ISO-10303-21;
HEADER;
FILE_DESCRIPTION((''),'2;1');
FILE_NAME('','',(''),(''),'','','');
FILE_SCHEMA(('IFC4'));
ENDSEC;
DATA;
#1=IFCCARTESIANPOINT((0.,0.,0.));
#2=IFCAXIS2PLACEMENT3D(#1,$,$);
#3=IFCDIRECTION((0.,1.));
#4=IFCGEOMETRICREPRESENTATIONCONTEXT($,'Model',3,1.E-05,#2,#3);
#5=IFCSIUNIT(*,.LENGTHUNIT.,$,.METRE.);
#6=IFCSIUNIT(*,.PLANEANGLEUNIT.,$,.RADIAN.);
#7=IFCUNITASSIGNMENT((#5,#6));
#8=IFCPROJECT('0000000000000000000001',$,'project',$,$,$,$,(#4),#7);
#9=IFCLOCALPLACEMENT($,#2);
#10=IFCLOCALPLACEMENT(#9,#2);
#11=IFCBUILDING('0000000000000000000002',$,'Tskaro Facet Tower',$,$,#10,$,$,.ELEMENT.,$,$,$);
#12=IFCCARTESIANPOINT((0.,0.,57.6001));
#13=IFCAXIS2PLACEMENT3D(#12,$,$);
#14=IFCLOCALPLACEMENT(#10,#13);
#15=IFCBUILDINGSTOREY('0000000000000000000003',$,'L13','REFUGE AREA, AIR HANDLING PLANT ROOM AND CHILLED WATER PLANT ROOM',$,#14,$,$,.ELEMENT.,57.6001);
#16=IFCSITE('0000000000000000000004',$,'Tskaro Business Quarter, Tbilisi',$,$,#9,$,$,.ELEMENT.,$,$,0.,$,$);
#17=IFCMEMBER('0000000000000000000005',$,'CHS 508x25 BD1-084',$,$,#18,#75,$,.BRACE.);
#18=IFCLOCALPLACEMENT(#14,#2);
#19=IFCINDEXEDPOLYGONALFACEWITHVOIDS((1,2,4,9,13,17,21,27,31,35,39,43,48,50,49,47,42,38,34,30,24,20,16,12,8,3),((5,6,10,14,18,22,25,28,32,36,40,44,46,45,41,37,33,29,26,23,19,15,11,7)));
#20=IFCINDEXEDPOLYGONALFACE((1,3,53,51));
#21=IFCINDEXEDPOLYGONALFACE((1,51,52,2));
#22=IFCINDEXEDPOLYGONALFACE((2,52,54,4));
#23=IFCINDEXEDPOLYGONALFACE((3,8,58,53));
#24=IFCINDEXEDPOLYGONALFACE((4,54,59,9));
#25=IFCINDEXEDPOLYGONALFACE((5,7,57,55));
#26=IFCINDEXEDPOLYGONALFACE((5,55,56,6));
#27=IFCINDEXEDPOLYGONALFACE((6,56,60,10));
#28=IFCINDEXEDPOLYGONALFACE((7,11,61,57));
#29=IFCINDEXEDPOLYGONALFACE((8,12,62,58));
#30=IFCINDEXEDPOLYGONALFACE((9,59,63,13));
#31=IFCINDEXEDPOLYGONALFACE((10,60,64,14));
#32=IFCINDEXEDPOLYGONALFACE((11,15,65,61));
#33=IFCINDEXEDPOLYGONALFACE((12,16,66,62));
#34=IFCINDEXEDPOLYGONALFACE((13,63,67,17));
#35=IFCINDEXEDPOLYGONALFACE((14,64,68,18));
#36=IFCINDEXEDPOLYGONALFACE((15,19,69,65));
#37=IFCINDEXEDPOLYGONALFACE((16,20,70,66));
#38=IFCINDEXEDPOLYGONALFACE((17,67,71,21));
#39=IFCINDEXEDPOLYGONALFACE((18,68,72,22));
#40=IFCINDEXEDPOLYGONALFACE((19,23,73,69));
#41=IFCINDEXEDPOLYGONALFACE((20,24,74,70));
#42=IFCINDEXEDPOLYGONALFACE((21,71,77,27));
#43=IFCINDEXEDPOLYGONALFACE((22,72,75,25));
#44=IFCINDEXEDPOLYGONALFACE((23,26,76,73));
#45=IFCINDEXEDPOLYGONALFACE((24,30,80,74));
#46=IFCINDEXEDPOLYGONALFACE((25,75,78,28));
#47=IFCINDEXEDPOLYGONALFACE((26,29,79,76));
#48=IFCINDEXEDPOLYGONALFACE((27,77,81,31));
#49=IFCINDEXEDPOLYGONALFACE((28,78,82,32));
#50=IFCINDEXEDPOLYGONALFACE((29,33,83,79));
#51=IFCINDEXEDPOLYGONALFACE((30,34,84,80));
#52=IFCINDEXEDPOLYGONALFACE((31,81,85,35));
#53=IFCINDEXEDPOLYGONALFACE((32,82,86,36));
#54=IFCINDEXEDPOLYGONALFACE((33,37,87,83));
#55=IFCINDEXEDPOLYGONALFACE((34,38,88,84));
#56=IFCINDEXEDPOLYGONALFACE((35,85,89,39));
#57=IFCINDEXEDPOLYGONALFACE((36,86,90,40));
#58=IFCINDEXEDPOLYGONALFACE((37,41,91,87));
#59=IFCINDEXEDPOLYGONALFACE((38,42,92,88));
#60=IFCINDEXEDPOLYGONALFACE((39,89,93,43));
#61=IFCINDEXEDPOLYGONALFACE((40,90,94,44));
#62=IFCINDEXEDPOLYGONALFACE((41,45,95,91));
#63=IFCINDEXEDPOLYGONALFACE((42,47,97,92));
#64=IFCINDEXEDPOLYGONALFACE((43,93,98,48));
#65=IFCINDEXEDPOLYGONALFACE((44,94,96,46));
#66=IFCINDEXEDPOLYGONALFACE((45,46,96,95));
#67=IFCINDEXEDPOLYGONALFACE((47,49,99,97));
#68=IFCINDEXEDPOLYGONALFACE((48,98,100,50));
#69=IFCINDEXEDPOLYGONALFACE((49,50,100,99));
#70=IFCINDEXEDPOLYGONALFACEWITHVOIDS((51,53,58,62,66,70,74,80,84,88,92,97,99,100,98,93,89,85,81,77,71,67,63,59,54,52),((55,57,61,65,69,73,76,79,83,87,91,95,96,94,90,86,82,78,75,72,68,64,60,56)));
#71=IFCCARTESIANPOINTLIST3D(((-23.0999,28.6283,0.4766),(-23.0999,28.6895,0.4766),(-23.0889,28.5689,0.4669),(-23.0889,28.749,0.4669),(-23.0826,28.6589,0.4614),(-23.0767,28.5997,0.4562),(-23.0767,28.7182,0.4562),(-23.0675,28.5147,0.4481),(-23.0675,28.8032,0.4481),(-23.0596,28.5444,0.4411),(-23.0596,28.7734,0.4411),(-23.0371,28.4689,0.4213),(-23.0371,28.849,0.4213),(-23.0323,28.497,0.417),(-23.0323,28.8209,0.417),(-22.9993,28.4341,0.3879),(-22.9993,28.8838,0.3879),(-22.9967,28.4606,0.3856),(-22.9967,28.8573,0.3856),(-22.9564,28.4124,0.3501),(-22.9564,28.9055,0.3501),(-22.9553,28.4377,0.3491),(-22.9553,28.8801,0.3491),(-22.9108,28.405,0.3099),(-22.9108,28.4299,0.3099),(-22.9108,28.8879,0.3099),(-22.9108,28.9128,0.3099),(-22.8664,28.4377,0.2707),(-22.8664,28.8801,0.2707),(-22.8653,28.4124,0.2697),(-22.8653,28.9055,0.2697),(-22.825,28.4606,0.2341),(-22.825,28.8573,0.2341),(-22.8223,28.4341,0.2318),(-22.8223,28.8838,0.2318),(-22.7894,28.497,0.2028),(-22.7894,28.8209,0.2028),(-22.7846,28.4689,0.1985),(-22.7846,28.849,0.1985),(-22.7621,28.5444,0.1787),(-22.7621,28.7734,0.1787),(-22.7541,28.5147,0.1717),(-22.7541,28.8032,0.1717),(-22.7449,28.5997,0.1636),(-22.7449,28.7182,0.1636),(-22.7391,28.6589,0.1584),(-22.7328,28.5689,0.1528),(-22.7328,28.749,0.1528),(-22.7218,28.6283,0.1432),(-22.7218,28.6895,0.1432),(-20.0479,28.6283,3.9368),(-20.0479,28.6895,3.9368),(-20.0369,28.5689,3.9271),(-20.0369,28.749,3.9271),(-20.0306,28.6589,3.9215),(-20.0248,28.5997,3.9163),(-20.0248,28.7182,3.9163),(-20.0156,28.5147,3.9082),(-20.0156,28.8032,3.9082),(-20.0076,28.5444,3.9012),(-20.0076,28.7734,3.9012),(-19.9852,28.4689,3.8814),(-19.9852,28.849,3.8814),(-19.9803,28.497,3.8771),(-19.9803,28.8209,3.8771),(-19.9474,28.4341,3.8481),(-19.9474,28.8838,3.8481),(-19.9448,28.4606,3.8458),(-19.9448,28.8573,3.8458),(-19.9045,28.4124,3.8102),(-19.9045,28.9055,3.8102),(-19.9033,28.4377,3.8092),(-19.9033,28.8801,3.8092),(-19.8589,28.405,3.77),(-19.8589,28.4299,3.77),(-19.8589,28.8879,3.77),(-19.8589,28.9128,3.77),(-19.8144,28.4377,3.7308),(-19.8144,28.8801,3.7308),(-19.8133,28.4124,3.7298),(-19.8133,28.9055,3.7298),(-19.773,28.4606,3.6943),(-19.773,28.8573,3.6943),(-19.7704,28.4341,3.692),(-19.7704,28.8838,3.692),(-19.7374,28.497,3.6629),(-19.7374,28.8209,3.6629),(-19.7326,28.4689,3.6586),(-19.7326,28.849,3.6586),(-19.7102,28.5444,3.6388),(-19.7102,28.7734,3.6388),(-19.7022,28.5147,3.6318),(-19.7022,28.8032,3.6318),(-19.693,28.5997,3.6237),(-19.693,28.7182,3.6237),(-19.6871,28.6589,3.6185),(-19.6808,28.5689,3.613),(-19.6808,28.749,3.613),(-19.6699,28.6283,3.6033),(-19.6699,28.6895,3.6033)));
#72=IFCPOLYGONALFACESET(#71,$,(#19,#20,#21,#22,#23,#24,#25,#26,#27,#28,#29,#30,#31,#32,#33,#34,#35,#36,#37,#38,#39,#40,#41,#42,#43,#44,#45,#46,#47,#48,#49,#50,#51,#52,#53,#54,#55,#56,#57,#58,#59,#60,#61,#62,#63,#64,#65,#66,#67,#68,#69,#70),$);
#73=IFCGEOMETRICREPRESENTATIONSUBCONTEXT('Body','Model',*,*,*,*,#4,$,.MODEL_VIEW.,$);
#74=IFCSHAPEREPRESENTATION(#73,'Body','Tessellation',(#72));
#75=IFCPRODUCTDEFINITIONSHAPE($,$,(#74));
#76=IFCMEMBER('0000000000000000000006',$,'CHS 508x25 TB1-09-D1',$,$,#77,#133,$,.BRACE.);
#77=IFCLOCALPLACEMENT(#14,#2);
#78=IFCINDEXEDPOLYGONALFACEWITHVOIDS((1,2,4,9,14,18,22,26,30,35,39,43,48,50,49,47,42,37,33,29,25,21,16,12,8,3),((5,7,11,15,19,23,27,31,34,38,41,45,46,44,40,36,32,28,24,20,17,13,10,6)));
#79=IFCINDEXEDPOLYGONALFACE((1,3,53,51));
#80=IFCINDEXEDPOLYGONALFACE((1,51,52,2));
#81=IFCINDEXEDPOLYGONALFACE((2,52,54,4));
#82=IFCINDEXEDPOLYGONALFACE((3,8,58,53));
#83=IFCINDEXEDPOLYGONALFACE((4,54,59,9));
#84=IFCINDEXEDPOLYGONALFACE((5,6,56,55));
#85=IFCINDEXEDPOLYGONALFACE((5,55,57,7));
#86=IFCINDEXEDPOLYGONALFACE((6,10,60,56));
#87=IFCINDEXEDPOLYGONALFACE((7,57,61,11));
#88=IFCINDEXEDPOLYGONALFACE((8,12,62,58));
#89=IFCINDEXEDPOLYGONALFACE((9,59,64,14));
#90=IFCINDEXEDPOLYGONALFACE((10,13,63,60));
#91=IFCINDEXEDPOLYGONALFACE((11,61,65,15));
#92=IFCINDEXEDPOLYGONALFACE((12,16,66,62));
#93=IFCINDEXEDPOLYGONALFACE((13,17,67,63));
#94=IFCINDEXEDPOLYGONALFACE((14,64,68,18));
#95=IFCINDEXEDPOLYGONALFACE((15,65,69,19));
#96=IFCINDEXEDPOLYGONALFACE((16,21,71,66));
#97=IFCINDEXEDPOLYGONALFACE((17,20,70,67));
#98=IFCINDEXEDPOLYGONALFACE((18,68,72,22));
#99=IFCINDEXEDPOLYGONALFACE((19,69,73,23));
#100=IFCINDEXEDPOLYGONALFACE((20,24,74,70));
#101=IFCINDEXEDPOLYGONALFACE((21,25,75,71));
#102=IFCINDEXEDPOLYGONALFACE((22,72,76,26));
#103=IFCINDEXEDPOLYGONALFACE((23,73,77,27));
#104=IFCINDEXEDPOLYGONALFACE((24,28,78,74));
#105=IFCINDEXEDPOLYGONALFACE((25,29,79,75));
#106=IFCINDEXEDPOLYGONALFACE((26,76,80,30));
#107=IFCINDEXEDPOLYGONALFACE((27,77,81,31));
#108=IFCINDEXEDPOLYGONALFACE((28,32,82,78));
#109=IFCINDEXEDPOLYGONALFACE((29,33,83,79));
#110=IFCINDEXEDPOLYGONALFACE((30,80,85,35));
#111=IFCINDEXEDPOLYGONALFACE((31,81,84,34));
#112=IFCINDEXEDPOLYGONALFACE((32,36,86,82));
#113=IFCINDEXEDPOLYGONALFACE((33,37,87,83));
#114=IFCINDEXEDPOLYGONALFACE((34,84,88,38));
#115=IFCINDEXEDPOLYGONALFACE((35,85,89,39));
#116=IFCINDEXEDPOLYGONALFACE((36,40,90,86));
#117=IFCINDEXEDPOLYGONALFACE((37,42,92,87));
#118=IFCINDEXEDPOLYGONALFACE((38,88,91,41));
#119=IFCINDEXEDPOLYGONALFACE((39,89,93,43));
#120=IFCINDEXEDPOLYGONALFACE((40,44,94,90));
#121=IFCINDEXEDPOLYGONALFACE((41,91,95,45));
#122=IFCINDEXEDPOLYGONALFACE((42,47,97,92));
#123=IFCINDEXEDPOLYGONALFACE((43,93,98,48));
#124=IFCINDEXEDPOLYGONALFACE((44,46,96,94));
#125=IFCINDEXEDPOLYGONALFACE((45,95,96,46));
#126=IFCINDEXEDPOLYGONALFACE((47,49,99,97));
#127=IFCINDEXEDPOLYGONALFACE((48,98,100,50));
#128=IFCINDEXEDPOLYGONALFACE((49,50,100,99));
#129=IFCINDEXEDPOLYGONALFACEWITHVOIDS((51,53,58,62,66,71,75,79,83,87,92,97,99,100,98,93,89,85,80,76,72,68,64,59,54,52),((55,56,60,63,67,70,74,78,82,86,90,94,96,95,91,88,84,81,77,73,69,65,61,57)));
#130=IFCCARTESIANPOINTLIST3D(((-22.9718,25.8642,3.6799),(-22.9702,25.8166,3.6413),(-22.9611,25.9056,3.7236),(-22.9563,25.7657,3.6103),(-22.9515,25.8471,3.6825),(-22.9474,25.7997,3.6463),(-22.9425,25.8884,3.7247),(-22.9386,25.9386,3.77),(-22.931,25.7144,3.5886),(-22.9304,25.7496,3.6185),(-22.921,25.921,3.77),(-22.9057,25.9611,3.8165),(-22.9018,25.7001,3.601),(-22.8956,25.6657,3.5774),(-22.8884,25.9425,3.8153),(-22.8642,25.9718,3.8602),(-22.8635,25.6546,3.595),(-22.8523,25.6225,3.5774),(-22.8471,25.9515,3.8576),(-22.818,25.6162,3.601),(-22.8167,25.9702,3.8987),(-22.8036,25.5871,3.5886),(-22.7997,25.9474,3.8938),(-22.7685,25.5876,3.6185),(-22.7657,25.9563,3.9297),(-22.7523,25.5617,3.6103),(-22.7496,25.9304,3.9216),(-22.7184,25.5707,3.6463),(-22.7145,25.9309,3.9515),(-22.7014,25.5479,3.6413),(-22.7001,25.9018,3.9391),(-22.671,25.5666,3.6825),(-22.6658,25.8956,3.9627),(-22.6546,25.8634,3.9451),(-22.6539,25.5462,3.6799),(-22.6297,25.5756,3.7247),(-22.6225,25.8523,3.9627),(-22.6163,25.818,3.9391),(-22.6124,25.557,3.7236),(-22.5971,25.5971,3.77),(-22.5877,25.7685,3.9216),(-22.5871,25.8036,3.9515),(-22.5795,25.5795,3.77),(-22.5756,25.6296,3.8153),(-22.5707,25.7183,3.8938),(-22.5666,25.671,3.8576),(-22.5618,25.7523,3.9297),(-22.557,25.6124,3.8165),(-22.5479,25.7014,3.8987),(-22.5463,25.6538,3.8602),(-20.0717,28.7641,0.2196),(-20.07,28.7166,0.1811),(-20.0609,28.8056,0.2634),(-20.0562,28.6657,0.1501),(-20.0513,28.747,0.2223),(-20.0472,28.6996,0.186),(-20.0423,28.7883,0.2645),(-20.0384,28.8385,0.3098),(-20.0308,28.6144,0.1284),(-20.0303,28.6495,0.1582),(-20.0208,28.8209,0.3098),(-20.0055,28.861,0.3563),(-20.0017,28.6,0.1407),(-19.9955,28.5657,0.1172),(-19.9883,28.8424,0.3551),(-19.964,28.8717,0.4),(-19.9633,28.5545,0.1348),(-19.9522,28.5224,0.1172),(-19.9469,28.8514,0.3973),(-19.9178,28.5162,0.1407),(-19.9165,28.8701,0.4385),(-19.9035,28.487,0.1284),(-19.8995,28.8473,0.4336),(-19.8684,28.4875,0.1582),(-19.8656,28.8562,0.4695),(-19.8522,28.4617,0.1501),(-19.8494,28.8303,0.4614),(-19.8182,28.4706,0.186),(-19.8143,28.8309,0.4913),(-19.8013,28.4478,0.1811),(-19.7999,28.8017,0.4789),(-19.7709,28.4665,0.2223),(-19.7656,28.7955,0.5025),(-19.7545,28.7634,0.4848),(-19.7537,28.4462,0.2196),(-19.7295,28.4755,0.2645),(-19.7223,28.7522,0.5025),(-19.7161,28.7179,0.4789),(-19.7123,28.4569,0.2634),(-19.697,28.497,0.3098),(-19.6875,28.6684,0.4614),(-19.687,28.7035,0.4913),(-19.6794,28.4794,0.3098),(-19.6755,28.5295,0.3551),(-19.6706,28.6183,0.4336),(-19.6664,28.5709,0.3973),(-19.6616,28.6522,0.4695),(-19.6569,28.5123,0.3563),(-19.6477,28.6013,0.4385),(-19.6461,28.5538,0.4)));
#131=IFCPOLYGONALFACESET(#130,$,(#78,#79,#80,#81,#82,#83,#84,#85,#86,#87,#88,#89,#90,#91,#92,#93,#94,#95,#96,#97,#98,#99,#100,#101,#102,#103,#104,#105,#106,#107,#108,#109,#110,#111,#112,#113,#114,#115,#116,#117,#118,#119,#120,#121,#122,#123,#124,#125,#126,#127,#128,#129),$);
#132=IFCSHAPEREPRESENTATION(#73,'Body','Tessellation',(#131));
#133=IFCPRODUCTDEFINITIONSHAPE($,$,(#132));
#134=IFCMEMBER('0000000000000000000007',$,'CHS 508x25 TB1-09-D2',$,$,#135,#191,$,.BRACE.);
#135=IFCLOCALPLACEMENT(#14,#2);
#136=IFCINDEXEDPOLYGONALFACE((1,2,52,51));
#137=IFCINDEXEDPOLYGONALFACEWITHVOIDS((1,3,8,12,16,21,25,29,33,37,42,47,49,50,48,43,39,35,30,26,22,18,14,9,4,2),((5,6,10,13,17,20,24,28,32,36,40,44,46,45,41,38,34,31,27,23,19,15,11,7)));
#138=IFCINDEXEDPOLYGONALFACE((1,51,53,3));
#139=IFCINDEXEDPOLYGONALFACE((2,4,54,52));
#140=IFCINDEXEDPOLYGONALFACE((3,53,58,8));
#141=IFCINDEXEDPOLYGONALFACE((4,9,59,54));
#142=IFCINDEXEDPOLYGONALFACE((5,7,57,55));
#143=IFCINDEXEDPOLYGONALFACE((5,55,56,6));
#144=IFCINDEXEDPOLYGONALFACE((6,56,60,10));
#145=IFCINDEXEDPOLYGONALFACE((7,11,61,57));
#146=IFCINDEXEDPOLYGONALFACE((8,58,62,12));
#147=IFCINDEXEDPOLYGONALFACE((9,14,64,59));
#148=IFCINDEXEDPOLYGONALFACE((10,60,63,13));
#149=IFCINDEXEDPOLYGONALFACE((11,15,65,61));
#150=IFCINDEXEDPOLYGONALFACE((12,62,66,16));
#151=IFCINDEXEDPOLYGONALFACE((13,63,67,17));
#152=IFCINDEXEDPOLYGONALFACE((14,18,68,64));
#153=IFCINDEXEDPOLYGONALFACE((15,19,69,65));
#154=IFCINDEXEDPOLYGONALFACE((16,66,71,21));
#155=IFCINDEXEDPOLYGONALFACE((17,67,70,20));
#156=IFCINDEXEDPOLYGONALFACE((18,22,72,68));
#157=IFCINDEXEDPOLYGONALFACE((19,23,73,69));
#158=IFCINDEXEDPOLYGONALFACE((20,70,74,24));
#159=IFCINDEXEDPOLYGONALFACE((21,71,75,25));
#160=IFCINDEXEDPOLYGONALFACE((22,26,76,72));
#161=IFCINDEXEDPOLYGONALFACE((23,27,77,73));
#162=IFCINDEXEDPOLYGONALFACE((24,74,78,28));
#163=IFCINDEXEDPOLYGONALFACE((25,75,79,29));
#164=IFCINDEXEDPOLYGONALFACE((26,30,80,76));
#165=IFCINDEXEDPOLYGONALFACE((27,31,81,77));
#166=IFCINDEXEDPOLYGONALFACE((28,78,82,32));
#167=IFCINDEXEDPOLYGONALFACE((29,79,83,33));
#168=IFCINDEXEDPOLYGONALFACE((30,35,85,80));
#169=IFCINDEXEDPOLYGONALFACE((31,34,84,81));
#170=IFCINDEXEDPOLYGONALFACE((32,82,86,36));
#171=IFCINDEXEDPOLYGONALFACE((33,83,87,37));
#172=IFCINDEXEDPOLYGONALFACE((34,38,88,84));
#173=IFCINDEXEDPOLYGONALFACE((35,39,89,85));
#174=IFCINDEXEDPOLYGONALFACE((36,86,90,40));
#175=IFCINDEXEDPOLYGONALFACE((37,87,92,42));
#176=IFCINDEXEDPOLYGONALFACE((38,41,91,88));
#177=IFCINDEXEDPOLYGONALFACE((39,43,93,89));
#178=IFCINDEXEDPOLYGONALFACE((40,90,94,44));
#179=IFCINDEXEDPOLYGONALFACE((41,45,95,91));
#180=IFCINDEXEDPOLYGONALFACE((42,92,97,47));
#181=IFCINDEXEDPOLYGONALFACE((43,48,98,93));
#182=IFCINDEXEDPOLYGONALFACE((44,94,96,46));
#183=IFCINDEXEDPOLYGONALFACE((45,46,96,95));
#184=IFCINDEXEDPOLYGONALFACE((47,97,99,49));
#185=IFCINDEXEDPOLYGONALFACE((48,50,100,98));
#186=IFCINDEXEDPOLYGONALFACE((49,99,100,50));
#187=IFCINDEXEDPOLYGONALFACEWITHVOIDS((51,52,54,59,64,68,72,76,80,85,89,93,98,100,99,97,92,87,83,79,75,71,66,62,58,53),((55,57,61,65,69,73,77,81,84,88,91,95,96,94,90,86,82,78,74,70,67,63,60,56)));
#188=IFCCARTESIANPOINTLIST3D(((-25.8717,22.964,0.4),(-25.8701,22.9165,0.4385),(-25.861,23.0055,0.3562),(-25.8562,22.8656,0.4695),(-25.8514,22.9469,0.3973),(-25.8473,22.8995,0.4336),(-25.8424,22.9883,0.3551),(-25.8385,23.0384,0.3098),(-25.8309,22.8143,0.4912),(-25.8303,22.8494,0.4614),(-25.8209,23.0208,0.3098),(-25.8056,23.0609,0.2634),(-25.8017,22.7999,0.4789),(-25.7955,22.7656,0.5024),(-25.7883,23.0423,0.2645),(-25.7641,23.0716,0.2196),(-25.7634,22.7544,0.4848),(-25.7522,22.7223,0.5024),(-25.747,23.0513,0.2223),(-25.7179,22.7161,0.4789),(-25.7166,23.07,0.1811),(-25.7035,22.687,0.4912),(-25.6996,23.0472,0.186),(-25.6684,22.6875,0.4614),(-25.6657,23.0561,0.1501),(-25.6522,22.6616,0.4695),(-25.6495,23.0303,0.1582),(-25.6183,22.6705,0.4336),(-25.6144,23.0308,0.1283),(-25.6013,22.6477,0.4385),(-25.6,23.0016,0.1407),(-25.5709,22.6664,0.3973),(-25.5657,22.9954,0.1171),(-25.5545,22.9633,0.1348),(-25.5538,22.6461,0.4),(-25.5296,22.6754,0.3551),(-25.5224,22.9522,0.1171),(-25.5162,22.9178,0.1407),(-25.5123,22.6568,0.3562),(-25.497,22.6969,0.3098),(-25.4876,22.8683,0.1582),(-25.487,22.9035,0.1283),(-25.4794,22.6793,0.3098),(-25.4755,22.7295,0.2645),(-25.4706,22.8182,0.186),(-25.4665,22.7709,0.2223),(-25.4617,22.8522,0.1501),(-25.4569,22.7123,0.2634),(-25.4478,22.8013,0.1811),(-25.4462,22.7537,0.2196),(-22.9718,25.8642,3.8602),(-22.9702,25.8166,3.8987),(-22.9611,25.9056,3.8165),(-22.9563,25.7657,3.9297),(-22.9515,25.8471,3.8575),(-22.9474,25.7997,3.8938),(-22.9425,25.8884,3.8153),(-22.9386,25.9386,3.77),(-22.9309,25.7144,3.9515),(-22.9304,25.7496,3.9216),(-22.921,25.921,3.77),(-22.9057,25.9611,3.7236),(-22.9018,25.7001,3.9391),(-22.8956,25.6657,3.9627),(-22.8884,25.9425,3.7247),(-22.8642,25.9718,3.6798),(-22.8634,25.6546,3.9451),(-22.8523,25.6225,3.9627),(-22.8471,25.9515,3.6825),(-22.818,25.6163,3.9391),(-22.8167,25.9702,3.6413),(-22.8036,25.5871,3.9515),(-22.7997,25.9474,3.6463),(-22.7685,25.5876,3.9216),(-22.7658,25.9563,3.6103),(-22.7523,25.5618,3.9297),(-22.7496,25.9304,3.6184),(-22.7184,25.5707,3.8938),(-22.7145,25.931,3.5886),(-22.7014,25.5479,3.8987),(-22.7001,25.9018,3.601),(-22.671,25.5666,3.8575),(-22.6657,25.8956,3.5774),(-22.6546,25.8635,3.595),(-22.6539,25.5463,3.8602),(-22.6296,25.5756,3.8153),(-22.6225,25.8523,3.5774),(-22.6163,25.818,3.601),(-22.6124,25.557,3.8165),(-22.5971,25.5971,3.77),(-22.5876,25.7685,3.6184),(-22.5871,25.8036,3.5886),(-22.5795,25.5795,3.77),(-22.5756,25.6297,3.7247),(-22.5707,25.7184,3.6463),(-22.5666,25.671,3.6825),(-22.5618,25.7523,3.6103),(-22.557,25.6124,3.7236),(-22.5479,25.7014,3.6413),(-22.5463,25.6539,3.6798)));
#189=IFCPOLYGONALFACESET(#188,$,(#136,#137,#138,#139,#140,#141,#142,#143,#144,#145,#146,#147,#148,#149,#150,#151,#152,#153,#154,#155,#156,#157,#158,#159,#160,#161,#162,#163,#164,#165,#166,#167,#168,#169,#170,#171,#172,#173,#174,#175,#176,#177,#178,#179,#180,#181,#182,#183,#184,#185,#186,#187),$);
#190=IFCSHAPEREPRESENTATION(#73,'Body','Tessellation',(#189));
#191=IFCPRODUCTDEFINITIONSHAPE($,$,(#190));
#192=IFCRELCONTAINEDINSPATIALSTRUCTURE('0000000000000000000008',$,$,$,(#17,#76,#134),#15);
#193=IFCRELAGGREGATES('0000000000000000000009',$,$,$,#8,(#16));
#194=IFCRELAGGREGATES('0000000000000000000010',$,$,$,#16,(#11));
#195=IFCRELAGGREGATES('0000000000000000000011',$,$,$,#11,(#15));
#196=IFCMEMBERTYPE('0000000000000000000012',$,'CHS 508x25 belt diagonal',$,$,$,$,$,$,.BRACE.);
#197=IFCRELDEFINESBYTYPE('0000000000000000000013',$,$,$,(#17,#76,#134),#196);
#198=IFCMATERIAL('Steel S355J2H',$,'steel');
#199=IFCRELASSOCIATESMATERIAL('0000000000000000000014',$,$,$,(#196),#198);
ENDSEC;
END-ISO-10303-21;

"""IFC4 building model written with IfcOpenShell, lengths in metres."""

from ifc_helpers import new_model, si_unit, direction, frame, origin, origin_2d, place, context, subcontext, project, spatial, hollow_circle, extrude, material, material_profile, profile_set, type_object, element, save


model = new_model("IFC4")

# Units and contexts
model_context = context("Model", 3, precision=1e-05, world=origin(), true_north=direction((0.0, 1.0)))
body_context = subcontext(model_context, "Body", "Model", "MODEL_VIEW")
ifc_project = project(units=[si_unit("LENGTHUNIT", "METRE"), si_unit("PLANEANGLEUNIT", "RADIAN")], contexts=[model_context])

# Site, building, storey
site_placement = place(None, origin())
site = spatial("IfcSite", under=ifc_project, at=site_placement, Name="Tskaro Business Quarter, Tbilisi", CompositionType="ELEMENT", RefElevation=0.0)
building_placement = place(site_placement, origin())
building = spatial("IfcBuilding", under=site, at=building_placement, Name="Tskaro Facet Tower", CompositionType="ELEMENT")
storey_placement = place(building_placement, frame((0.0, 0.0, 57.6001)))
storey = spatial("IfcBuildingStorey", under=building, at=storey_placement, Name="L13", Description="REFUGE AREA, AIR HANDLING PLANT ROOM AND CHILLED WATER PLANT ROOM", CompositionType="ELEMENT", Elevation=57.6001)

# Shared definitions
ifc_material_1 = material(Name="Steel S355J2H", Category="steel")

# Members
ifc_material_profile_1 = material_profile(ifc_material_1, hollow_circle(Radius=0.2539, WallThickness=0.0249, at=origin_2d()), Name="CHS 508x25")
ifc_profile_set_1 = profile_set([ifc_material_profile_1], Name="Steel S355J2H")
member_type_1 = type_object("IfcMemberType", Name="CHS 508x25 belt diagonal", PredefinedType="BRACE", material=ifc_profile_set_1)
member_1_placement = place(storey_placement, frame((-19.8589, 28.6589, 3.77), z_axis=(-0.661485, 0.0, -0.749958), x_axis=(0.0, -1.0, 0.0)))
element("IfcMember", 1, at=member_1_placement, inside=storey, type_object=member_type_1, Name="CHS 508x25 BD1-084", PredefinedType="BRACE", context=body_context, shape_type="SweptSolid", body=[
    extrude(hollow_circle(Radius=0.2539, WallThickness=0.0249, at=origin_2d()), origin(), (0.0, 0.0, 1.0), 4.6138),
])
for number, where, z_axis, x_axis, name in (
    (2, (-19.8589, 28.6589, 0.3098), (-0.540473, -0.540428, 0.644846), (0.707077, -0.707137, 0.0), "CHS 508x25 TB1-09-D1"),
    (3, (-22.759, 25.759, 3.77), (-0.540428, -0.540473, -0.644846), (0.707137, -0.707077, 0.0), "CHS 508x25 TB1-09-D2"),
):
    element("IfcMember", number, at=place(storey_placement, frame(where, z_axis=z_axis, x_axis=x_axis)), inside=storey, type_object=member_type_1, Name=name, PredefinedType="BRACE", context=body_context, shape_type="SweptSolid", body=[
        extrude(hollow_circle(Radius=0.2539, WallThickness=0.0249, at=origin_2d()), origin(), (0.0, 0.0, 1.0), 5.366),
    ])

save(model, "model.ifc")
